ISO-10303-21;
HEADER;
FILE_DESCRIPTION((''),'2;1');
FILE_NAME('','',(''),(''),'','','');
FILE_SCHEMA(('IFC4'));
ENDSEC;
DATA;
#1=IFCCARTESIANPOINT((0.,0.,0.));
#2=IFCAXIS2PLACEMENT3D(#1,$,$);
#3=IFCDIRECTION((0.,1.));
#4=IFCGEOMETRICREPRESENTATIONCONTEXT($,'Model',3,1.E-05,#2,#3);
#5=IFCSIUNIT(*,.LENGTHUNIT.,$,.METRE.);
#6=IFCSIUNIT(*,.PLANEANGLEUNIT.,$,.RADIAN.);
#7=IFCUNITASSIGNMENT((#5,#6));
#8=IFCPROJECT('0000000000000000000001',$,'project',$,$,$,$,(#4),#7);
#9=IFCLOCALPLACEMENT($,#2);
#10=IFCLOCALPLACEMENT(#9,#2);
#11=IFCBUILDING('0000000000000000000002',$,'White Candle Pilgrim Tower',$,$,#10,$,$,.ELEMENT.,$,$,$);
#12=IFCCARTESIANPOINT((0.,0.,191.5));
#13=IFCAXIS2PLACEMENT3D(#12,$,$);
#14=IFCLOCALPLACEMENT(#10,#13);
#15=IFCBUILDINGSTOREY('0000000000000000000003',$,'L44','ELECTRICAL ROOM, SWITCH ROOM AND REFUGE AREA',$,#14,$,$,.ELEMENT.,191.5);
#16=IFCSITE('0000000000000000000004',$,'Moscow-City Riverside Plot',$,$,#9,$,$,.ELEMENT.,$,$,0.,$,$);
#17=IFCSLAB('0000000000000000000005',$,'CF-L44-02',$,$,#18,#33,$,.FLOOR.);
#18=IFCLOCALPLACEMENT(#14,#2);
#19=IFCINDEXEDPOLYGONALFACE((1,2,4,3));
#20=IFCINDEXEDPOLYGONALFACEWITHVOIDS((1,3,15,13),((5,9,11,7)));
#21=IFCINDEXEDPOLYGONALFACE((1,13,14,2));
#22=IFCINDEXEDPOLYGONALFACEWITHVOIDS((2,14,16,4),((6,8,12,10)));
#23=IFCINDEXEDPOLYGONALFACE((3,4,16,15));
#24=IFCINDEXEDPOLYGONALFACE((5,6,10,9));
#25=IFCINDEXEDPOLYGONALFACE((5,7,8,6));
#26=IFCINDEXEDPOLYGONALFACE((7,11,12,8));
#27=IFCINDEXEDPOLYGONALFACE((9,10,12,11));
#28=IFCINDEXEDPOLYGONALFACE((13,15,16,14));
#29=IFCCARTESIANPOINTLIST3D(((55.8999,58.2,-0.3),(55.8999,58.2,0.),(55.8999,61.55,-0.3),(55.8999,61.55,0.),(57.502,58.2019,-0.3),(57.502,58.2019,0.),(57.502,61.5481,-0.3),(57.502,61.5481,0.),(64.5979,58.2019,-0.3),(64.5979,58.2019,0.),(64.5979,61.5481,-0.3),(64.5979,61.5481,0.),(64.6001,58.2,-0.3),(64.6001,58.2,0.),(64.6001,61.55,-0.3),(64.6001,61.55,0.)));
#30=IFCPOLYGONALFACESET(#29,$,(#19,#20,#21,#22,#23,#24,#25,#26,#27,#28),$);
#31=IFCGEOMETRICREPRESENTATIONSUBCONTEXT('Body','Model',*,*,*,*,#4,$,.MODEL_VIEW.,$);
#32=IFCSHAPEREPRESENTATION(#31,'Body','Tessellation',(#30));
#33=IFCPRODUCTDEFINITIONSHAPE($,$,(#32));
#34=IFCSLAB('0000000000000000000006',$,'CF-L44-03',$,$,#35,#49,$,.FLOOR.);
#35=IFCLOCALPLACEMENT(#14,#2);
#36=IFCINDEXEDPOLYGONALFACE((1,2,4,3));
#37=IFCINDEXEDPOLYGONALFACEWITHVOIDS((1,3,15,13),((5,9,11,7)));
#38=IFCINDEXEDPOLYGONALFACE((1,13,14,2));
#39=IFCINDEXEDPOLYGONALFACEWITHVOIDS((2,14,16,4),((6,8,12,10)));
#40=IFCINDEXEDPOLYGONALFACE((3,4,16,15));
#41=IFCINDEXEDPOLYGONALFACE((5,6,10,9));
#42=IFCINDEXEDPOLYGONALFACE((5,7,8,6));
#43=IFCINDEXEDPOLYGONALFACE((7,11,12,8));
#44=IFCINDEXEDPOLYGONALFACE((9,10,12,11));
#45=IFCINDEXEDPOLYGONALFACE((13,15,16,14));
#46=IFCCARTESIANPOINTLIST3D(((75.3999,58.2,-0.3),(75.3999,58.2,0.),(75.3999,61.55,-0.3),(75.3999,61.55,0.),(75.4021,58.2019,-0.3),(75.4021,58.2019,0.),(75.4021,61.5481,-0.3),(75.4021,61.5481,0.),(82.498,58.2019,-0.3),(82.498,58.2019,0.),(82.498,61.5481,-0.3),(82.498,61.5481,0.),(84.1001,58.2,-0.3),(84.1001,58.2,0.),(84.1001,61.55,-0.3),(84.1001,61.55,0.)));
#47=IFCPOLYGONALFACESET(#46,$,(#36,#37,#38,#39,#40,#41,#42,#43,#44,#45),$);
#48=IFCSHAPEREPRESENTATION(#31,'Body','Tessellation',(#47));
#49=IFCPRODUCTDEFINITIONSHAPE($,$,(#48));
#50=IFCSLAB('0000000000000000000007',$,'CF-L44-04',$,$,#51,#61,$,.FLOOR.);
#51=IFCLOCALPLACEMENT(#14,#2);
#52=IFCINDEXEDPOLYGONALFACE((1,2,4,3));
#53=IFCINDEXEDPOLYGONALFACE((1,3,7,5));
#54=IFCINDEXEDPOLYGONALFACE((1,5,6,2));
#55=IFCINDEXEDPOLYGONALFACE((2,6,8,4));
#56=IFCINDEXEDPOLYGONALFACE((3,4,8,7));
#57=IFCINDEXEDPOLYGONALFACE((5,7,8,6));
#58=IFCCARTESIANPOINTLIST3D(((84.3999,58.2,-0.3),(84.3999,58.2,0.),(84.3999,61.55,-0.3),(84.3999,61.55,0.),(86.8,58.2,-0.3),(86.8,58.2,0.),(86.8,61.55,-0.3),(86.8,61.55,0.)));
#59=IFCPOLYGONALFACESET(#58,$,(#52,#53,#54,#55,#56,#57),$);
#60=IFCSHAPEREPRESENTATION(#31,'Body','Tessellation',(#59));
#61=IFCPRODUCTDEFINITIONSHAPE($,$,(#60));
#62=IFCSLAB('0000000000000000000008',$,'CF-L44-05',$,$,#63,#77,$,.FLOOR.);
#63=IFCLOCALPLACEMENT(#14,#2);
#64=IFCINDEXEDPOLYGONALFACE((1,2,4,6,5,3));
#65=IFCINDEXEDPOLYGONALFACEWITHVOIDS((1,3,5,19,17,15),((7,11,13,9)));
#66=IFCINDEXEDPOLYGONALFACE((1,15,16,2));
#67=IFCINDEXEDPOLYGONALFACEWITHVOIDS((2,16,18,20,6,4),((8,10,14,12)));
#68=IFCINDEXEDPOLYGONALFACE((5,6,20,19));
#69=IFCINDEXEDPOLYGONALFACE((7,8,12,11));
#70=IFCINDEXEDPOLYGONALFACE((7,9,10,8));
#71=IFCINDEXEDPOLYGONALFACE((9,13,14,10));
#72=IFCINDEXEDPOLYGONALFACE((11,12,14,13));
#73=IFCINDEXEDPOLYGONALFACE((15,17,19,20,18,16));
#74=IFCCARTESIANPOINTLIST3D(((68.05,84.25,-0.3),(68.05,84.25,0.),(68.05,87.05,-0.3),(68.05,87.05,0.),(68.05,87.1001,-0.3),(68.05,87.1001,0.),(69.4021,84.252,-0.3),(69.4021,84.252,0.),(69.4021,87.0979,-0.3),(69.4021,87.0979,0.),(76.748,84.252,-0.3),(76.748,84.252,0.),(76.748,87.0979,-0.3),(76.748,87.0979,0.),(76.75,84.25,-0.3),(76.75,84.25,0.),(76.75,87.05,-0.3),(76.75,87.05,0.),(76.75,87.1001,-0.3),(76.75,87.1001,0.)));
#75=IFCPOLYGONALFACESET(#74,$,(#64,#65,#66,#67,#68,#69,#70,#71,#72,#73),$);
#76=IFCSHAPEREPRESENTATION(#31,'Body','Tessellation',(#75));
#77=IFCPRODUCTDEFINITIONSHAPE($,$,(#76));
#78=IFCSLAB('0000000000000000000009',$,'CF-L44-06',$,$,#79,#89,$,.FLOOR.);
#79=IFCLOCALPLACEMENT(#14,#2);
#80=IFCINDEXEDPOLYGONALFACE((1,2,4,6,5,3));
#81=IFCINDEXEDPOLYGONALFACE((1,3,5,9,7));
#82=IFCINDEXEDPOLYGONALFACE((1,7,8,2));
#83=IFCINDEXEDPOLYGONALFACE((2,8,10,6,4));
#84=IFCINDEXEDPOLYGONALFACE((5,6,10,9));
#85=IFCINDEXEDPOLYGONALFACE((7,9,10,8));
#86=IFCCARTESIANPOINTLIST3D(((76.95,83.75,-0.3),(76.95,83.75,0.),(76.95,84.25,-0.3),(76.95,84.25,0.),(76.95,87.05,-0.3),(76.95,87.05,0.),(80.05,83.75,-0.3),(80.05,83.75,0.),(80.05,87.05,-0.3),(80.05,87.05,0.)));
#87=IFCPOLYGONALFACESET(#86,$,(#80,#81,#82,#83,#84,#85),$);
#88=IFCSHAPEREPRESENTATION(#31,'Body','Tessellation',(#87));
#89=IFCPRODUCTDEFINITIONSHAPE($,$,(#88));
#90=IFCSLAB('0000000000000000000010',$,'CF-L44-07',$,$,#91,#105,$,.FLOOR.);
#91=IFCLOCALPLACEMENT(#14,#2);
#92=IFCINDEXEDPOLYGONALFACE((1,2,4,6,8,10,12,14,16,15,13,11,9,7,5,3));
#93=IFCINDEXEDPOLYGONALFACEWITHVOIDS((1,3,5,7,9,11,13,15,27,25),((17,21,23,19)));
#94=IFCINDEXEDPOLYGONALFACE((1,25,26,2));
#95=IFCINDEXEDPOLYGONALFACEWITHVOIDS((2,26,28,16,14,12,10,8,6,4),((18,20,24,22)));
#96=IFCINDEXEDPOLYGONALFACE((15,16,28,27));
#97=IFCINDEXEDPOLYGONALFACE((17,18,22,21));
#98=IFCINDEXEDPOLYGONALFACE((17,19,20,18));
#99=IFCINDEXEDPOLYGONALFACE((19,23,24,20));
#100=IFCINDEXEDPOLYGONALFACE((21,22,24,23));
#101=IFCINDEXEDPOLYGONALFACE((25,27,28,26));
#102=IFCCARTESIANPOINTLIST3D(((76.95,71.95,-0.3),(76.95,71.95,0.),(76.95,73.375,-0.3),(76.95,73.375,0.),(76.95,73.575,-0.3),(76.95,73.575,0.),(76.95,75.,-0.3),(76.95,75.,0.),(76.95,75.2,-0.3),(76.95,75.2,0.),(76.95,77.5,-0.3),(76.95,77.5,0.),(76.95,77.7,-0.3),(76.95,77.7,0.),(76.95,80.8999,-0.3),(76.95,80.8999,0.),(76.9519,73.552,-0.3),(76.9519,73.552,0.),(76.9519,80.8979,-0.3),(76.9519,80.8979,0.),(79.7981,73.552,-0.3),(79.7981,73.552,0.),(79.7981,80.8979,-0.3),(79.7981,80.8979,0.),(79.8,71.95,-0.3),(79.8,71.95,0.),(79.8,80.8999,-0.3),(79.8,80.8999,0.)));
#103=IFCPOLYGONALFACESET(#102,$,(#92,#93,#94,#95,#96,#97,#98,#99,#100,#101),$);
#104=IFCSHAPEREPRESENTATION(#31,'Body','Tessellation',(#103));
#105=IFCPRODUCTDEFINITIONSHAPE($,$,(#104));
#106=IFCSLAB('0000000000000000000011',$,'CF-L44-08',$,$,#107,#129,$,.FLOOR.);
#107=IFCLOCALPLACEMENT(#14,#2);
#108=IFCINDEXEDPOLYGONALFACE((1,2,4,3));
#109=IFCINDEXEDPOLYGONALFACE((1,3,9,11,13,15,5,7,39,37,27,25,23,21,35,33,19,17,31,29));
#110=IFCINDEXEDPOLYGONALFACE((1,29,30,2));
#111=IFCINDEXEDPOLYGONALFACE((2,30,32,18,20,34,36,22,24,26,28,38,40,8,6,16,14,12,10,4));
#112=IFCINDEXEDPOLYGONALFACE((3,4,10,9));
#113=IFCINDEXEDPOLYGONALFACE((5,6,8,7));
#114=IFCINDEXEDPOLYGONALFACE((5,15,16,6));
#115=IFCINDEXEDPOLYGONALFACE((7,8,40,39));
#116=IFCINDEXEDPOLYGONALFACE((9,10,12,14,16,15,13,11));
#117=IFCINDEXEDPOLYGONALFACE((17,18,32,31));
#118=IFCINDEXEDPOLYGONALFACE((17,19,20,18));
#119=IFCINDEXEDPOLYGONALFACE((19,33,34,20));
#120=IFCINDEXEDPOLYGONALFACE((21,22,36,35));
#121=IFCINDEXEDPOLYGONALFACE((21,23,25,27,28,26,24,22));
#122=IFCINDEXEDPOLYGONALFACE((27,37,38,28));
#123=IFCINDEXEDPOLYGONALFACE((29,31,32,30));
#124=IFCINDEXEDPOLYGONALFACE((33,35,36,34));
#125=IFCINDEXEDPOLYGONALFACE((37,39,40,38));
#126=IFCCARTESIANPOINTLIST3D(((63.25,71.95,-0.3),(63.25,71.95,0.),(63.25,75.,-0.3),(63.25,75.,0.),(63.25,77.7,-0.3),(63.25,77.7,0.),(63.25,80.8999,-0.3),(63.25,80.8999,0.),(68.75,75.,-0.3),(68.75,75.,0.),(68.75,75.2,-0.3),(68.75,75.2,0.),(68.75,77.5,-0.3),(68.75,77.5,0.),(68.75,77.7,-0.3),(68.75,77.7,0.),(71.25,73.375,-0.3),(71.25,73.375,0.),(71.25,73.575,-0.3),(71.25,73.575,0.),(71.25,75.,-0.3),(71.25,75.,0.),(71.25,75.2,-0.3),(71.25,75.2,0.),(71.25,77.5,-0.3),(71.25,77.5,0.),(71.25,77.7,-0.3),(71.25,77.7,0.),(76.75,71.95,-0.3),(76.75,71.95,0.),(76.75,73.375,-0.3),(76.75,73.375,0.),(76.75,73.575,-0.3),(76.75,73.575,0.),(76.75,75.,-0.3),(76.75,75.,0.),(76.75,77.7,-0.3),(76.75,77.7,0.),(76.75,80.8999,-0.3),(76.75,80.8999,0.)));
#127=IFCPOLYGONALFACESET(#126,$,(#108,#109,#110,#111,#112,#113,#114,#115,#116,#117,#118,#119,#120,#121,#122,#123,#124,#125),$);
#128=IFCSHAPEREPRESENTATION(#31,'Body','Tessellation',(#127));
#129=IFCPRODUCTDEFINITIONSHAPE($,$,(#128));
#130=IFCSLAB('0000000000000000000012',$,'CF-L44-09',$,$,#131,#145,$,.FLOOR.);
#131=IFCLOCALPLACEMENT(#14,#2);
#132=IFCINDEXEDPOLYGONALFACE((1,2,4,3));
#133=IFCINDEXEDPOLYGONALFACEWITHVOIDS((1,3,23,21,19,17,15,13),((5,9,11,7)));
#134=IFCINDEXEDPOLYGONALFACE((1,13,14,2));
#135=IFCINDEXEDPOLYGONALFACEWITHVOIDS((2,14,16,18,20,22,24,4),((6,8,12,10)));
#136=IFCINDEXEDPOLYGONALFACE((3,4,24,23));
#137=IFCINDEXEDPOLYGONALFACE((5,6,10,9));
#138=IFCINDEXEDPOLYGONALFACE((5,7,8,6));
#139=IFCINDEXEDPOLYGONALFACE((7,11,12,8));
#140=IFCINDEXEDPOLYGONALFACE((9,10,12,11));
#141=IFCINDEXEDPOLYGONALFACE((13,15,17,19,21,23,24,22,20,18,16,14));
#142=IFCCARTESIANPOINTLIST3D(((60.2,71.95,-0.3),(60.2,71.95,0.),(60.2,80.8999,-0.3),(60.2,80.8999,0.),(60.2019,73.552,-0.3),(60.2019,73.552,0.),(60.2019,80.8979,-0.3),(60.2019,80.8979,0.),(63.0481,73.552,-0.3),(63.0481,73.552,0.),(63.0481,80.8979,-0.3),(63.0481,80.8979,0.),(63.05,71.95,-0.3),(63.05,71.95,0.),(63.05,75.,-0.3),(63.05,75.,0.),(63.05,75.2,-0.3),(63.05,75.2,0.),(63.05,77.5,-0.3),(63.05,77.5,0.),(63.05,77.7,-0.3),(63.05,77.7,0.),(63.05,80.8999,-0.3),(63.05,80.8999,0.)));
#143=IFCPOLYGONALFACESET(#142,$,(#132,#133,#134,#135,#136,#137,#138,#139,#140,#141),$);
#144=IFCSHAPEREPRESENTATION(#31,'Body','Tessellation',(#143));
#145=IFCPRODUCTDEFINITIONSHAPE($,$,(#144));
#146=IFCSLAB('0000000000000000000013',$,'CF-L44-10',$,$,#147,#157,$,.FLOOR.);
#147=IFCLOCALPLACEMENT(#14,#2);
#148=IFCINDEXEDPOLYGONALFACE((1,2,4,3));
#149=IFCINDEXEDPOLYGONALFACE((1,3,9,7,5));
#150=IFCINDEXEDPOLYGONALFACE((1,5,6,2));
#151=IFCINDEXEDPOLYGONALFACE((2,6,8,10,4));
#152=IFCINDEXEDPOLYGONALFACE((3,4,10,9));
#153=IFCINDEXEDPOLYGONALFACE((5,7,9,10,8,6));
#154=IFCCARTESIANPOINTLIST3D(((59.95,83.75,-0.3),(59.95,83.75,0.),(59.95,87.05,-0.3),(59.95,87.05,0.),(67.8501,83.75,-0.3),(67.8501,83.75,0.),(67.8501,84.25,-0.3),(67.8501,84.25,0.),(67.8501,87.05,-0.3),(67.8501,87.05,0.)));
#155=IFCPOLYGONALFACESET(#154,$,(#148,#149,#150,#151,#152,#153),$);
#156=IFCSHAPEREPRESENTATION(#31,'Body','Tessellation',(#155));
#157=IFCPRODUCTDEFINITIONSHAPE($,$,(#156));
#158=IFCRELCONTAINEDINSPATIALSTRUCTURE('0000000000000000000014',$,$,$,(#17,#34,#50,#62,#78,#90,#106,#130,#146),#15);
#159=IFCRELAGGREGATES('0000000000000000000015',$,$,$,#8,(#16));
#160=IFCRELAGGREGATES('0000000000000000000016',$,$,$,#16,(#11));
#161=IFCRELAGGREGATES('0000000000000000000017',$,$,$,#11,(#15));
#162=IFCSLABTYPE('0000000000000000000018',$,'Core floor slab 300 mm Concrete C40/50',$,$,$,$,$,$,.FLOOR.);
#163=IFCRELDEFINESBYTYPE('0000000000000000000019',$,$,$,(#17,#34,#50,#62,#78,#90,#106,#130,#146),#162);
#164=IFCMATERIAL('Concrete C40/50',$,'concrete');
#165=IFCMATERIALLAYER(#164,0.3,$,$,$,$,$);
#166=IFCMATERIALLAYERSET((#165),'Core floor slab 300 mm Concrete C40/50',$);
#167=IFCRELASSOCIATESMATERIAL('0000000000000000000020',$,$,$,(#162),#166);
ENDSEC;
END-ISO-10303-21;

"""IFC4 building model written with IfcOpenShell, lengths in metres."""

from ifc_helpers import new_model, si_unit, direction, frame, origin, place, context, subcontext, project, spatial, polyline, outline, extrude, material, layer, layer_set, type_object, element, save


model = new_model("IFC4")

# Units and contexts
model_context = context("Model", 3, precision=1e-05, world=origin(), true_north=direction((0.0, 1.0)))
body_context = subcontext(model_context, "Body", "Model", "MODEL_VIEW")
ifc_project = project(units=[si_unit("LENGTHUNIT", "METRE"), si_unit("PLANEANGLEUNIT", "RADIAN")], contexts=[model_context])

# Site, building, storey
site_placement = place(None, origin())
site = spatial("IfcSite", under=ifc_project, at=site_placement, Name="Moscow-City Riverside Plot", CompositionType="ELEMENT", RefElevation=0.0)
building_placement = place(site_placement, origin())
building = spatial("IfcBuilding", under=site, at=building_placement, Name="White Candle Pilgrim Tower", CompositionType="ELEMENT")
storey_placement = place(building_placement, frame((0.0, 0.0, 191.5)))
storey = spatial("IfcBuildingStorey", under=building, at=storey_placement, Name="L44", Description="ELECTRICAL ROOM, SWITCH ROOM AND REFUGE AREA", CompositionType="ELEMENT", Elevation=191.5)

# Slabs
ifc_material_1 = material(Name="Concrete C40/50", Category="concrete")
ifc_layer_1 = layer(ifc_material_1, 0.3)
ifc_layer_set_1 = layer_set([ifc_layer_1], Name="Core floor slab 300 mm Concrete C40/50")
slab_type_1 = type_object("IfcSlabType", Name="Core floor slab 300 mm Concrete C40/50", PredefinedType="FLOOR", material=ifc_layer_set_1)
slab_1_placement = place(storey_placement, frame((0.0, 0.0, -0.3)))
element("IfcSlab", 1, at=slab_1_placement, inside=storey, type_object=slab_type_1, Name="CF-L44-02", PredefinedType="FLOOR", context=body_context, shape_type="SweptSolid", body=[
    extrude(outline(polyline([(55.8999, 58.2), (55.8999, 61.55), (64.6001, 61.55), (64.6001, 58.2), (55.8999, 58.2)]), holes=[polyline([(57.502, 61.5481), (57.502, 58.2019), (64.5979, 58.2019), (64.5979, 61.5481), (57.502, 61.5481)])]), origin(), (0.0, 0.0, 1.0), 0.3),
])
slab_2_placement = place(storey_placement, frame((0.0, 0.0, -0.3)))
element("IfcSlab", 2, at=slab_2_placement, inside=storey, type_object=slab_type_1, Name="CF-L44-03", PredefinedType="FLOOR", context=body_context, shape_type="SweptSolid", body=[
    extrude(outline(polyline([(75.3999, 58.2), (75.3999, 61.55), (84.1001, 61.55), (84.1001, 58.2), (75.3999, 58.2)]), holes=[polyline([(82.498, 58.2019), (82.498, 61.5481), (75.4021, 61.5481), (75.4021, 58.2019), (82.498, 58.2019)])]), origin(), (0.0, 0.0, 1.0), 0.3),
])
slab_3_placement = place(storey_placement, frame((0.0, 0.0, -0.3)))
element("IfcSlab", 3, at=slab_3_placement, inside=storey, type_object=slab_type_1, Name="CF-L44-04", PredefinedType="FLOOR", context=body_context, shape_type="SweptSolid", body=[
    extrude(outline(polyline([(86.8, 58.2), (84.3999, 58.2), (84.3999, 61.55), (86.8, 61.55), (86.8, 58.2)])), origin(), (0.0, 0.0, 1.0), 0.3),
])
slab_4_placement = place(storey_placement, frame((0.0, 0.0, -0.3)))
element("IfcSlab", 4, at=slab_4_placement, inside=storey, type_object=slab_type_1, Name="CF-L44-05", PredefinedType="FLOOR", context=body_context, shape_type="SweptSolid", body=[
    extrude(outline(polyline([(76.75, 87.1001), (76.75, 87.05), (76.75, 84.25), (68.05, 84.25), (68.05, 87.05), (68.05, 87.1001), (76.75, 87.1001)]), holes=[polyline([(69.4021, 87.0979), (69.4021, 84.252), (76.748, 84.252), (76.748, 87.0979), (69.4021, 87.0979)])]), origin(), (0.0, 0.0, 1.0), 0.3),
])
slab_5_placement = place(storey_placement, frame((0.0, 0.0, -0.3)))
element("IfcSlab", 5, at=slab_5_placement, inside=storey, type_object=slab_type_1, Name="CF-L44-06", PredefinedType="FLOOR", context=body_context, shape_type="SweptSolid", body=[
    extrude(outline(polyline([(80.05, 87.05), (80.05, 83.75), (76.95, 83.75), (76.95, 84.25), (76.95, 87.05), (80.05, 87.05)])), origin(), (0.0, 0.0, 1.0), 0.3),
])
slab_6_placement = place(storey_placement, frame((0.0, 0.0, -0.3)))
element("IfcSlab", 6, at=slab_6_placement, inside=storey, type_object=slab_type_1, Name="CF-L44-07", PredefinedType="FLOOR", context=body_context, shape_type="SweptSolid", body=[
    extrude(outline(polyline([(76.95, 71.95), (76.95, 73.375), (76.95, 73.575), (76.95, 75.0), (76.95, 75.2), (76.95, 77.5), (76.95, 77.7), (76.95, 80.8999), (79.8, 80.8999), (79.8, 71.95), (76.95, 71.95)]), holes=[polyline([(76.9519, 73.552), (79.7981, 73.552), (79.7981, 80.8979), (76.9519, 80.8979), (76.9519, 73.552)])]), origin(), (0.0, 0.0, 1.0), 0.3),
])
slab_7_placement = place(storey_placement, frame((0.0, 0.0, -0.3)))
element("IfcSlab", 7, at=slab_7_placement, inside=storey, type_object=slab_type_1, Name="CF-L44-08", PredefinedType="FLOOR", context=body_context, shape_type="SweptSolid", body=[
    extrude(outline(polyline([(63.25, 71.95), (63.25, 75.0), (68.75, 75.0), (68.75, 75.2), (68.75, 77.5), (68.75, 77.7), (63.25, 77.7), (63.25, 80.8999), (76.75, 80.8999), (76.75, 77.7), (71.25, 77.7), (71.25, 77.5), (71.25, 75.2), (71.25, 75.0), (76.75, 75.0), (76.75, 73.575), (71.25, 73.575), (71.25, 73.375), (76.75, 73.375), (76.75, 71.95), (63.25, 71.95)])), origin(), (0.0, 0.0, 1.0), 0.3),
])
slab_8_placement = place(storey_placement, frame((0.0, 0.0, -0.3)))
element("IfcSlab", 8, at=slab_8_placement, inside=storey, type_object=slab_type_1, Name="CF-L44-09", PredefinedType="FLOOR", context=body_context, shape_type="SweptSolid", body=[
    extrude(outline(polyline([(60.2, 71.95), (60.2, 80.8999), (63.05, 80.8999), (63.05, 77.7), (63.05, 77.5), (63.05, 75.2), (63.05, 75.0), (63.05, 71.95), (60.2, 71.95)]), holes=[polyline([(60.2019, 73.552), (63.0481, 73.552), (63.0481, 80.8979), (60.2019, 80.8979), (60.2019, 73.552)])]), origin(), (0.0, 0.0, 1.0), 0.3),
])
slab_9_placement = place(storey_placement, frame((0.0, 0.0, -0.3)))
element("IfcSlab", 9, at=slab_9_placement, inside=storey, type_object=slab_type_1, Name="CF-L44-10", PredefinedType="FLOOR", context=body_context, shape_type="SweptSolid", body=[
    extrude(outline(polyline([(59.95, 87.05), (67.8501, 87.05), (67.8501, 84.25), (67.8501, 83.75), (59.95, 83.75), (59.95, 87.05)])), origin(), (0.0, 0.0, 1.0), 0.3),
])

save(model, "model.ifc")
